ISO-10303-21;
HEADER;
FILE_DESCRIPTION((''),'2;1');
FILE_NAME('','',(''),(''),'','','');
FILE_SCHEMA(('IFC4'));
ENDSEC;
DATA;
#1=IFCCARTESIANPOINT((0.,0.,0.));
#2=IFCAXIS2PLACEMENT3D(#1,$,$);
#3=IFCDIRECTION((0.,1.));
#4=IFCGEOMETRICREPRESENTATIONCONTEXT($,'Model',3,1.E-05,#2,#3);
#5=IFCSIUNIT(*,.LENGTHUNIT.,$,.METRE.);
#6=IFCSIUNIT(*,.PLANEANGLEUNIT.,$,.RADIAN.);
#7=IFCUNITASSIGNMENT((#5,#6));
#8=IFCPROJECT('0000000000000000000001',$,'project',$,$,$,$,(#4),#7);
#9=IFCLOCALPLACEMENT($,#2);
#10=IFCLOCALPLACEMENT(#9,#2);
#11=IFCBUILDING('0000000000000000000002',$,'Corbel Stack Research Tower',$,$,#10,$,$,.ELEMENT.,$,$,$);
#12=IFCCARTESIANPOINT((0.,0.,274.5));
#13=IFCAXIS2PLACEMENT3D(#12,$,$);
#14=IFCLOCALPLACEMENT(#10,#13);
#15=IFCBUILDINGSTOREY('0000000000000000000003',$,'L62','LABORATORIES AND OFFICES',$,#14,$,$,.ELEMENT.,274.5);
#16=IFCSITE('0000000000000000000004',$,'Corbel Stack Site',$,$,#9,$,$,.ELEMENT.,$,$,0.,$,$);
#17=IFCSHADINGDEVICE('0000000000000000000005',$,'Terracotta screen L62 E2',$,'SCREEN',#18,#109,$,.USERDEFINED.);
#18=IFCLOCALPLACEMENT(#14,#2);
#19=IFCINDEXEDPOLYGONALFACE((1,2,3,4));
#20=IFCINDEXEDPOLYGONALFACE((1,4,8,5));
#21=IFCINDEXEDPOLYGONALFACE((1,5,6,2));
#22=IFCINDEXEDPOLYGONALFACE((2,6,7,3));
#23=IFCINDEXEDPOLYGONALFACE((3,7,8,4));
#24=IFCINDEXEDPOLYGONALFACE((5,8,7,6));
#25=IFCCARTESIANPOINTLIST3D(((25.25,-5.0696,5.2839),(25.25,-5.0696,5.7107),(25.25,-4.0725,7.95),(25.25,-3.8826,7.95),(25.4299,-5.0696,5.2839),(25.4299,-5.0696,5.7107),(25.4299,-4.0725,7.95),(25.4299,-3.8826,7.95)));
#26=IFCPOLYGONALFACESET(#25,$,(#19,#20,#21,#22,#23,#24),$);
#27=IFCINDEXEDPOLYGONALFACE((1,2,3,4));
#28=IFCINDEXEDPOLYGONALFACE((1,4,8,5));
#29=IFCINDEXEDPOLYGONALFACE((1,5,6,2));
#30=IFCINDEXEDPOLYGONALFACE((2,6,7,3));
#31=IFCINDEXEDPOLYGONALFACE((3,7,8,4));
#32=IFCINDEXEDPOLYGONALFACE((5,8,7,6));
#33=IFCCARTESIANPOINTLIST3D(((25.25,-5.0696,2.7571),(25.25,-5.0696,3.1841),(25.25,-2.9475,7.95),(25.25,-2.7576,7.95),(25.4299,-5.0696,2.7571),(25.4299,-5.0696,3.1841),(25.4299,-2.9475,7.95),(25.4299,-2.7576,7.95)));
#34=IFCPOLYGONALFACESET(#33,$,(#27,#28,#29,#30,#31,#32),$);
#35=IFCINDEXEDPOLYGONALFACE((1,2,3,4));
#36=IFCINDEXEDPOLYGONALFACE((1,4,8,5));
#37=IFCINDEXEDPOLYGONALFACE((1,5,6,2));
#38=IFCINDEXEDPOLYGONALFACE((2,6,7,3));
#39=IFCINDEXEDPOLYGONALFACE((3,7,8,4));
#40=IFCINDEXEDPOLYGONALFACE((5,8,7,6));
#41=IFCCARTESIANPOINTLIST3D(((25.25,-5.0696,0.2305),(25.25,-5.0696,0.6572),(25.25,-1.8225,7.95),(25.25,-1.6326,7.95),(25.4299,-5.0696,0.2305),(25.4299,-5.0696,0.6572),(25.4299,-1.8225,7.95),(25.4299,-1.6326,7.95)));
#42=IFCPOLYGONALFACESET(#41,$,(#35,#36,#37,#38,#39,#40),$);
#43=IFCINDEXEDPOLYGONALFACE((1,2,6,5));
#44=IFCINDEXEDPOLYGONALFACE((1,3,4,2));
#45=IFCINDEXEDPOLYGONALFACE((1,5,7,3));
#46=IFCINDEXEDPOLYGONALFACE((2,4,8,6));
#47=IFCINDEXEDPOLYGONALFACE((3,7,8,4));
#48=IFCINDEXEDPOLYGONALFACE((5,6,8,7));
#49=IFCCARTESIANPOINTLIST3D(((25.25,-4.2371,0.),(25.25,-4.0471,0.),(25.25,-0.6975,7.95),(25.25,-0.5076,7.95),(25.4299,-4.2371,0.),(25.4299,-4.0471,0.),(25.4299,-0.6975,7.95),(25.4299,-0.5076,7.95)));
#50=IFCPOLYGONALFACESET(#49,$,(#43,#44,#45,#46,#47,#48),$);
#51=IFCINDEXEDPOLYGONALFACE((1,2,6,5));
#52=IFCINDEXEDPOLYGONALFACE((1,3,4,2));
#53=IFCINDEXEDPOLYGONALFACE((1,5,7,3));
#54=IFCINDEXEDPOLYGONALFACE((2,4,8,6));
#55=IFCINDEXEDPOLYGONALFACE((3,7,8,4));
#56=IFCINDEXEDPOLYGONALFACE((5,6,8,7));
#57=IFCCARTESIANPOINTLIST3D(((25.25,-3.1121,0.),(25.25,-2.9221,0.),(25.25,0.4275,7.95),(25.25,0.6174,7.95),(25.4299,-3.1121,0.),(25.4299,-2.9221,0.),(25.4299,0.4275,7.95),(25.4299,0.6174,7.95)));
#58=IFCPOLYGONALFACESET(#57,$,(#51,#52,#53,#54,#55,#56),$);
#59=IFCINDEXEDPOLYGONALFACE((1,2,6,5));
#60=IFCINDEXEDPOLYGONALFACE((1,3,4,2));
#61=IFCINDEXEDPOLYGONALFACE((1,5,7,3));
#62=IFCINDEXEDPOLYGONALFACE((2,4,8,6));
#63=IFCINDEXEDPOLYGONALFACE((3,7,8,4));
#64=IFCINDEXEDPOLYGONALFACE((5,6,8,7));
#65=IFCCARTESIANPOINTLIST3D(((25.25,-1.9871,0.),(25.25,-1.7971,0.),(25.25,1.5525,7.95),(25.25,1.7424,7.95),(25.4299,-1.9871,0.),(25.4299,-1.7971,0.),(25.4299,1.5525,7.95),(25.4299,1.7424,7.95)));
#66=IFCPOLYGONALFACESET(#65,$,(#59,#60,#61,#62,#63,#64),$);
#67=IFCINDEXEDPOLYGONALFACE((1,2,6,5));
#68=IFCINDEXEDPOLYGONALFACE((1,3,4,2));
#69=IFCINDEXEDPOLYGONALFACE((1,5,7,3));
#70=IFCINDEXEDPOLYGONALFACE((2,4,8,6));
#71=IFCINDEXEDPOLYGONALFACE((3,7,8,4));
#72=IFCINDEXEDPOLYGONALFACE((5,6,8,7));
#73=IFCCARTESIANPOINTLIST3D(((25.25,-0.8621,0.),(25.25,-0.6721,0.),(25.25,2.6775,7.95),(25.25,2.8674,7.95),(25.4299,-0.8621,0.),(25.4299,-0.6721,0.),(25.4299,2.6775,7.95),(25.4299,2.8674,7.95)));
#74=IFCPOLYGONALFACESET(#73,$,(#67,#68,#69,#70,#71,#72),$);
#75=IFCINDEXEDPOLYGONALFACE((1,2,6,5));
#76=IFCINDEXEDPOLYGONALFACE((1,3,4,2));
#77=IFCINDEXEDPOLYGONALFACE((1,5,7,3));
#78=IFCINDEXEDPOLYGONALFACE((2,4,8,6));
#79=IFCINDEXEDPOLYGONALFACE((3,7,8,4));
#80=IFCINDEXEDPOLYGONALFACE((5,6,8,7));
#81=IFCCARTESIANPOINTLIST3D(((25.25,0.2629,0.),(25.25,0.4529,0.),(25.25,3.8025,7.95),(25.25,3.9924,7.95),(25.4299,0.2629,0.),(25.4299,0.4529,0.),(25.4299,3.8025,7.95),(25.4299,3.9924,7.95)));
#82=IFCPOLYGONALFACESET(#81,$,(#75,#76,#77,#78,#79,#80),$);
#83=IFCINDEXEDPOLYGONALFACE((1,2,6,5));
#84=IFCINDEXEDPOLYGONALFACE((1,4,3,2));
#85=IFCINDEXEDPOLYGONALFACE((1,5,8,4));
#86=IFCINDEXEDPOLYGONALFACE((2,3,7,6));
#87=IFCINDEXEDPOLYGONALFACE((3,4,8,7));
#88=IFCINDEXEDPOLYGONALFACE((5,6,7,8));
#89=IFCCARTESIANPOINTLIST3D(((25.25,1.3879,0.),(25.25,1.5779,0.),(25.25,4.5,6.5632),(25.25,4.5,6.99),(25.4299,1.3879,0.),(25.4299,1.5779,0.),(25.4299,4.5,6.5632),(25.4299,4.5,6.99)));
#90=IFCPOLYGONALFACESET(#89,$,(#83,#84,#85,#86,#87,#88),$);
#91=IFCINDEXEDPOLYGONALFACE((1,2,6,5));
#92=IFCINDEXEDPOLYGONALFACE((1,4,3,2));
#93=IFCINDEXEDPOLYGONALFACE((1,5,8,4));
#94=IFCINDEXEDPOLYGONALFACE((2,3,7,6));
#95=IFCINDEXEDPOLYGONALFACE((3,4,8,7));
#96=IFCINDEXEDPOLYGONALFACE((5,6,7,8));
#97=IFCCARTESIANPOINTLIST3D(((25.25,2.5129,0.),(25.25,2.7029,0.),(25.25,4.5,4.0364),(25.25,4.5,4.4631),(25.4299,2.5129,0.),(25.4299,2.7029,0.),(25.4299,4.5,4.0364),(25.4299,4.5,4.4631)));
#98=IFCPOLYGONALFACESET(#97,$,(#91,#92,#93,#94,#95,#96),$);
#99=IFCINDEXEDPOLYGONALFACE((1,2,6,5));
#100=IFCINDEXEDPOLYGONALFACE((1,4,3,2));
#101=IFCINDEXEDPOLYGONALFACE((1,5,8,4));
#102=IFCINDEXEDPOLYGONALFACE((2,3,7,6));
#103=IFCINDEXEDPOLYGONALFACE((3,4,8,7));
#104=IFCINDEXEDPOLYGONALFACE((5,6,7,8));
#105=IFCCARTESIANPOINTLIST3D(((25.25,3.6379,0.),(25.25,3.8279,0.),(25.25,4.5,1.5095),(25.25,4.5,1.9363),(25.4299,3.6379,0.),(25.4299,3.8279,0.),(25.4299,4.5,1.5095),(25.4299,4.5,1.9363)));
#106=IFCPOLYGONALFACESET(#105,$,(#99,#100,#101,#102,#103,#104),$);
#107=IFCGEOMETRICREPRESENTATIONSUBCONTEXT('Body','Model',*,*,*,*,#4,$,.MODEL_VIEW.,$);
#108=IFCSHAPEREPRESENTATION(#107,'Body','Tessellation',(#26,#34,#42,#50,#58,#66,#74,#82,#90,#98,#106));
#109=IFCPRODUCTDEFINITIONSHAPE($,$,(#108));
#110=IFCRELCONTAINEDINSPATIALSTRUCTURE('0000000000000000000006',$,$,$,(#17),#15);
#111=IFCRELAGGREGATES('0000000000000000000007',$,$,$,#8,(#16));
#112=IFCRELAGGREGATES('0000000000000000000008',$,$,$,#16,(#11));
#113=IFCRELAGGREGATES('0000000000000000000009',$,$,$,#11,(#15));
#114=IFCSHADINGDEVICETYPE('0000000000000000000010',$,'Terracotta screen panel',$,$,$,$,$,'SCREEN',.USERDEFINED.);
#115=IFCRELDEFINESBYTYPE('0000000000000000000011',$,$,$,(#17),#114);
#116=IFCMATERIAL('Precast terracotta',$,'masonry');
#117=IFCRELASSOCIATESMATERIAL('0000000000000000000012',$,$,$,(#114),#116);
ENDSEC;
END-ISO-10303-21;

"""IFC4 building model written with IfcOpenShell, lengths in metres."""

from ifc_helpers import new_model, si_unit, direction, frame, origin, place, context, subcontext, project, spatial, polyline, outline, extrude, source, transform, mapped, material, type_object, element, save


model = new_model("IFC4")

# Units and contexts
model_context = context("Model", 3, precision=1e-05, world=origin(), true_north=direction((0.0, 1.0)))
body_context = subcontext(model_context, "Body", "Model", "MODEL_VIEW")
ifc_project = project(units=[si_unit("LENGTHUNIT", "METRE"), si_unit("PLANEANGLEUNIT", "RADIAN")], contexts=[model_context])

# Site, building, storey
site_placement = place(None, origin())
site = spatial("IfcSite", under=ifc_project, at=site_placement, Name="Corbel Stack Site", CompositionType="ELEMENT", RefElevation=0.0)
building_placement = place(site_placement, origin())
building = spatial("IfcBuilding", under=site, at=building_placement, Name="Corbel Stack Research Tower", CompositionType="ELEMENT")
storey_placement = place(building_placement, frame((0.0, 0.0, 274.5)))
storey = spatial("IfcBuildingStorey", under=building, at=storey_placement, Name="L62", Description="LABORATORIES AND OFFICES", CompositionType="ELEMENT", Elevation=274.5)

# Shading device
ifc_material_1 = material(Name="Precast terracotta", Category="masonry")
shading_device_type = type_object("IfcShadingDeviceType", Name="Terracotta screen panel", ElementType="SCREEN", PredefinedType="USERDEFINED", material=ifc_material_1)
shared_shape = source(origin(), body_context, "Body", "SweptSolid", [
    extrude(outline(polyline([(1.187, 7.95), (0.9971, 7.95), (0.0, 5.7107), (0.0, 5.2839), (1.187, 7.95)])), frame((0.0, 0.0, 0.0), z_axis=(0.0, -1.0, 0.0), x_axis=(1.0, 0.0, 0.0)), (0.0, 0.0, 1.0), 0.1799),
    extrude(outline(polyline([(2.312, 7.95), (2.1221, 7.95), (0.0, 3.1841), (0.0, 2.7571), (2.312, 7.95)])), frame((0.0, 0.0, 0.0), z_axis=(0.0, -1.0, 0.0), x_axis=(1.0, 0.0, 0.0)), (0.0, 0.0, 1.0), 0.1799),
    extrude(outline(polyline([(3.437, 7.95), (3.2471, 7.95), (0.0, 0.6572), (0.0, 0.2305), (3.437, 7.95)])), frame((0.0, 0.0, 0.0), z_axis=(0.0, -1.0, 0.0), x_axis=(1.0, 0.0, 0.0)), (0.0, 0.0, 1.0), 0.1799),
    extrude(outline(polyline([(1.0225, 0.0), (4.562, 7.95), (4.3721, 7.95), (0.8325, 0.0), (1.0225, 0.0)])), frame((0.0, 0.0, 0.0), z_axis=(0.0, -1.0, 0.0), x_axis=(1.0, 0.0, 0.0)), (0.0, 0.0, 1.0), 0.1799),
    extrude(outline(polyline([(2.1475, 0.0), (5.687, 7.95), (5.4971, 7.95), (1.9575, 0.0), (2.1475, 0.0)])), frame((0.0, 0.0, 0.0), z_axis=(0.0, -1.0, 0.0), x_axis=(1.0, 0.0, 0.0)), (0.0, 0.0, 1.0), 0.1799),
    extrude(outline(polyline([(3.2725, 0.0), (6.812, 7.95), (6.6221, 7.95), (3.0825, 0.0), (3.2725, 0.0)])), frame((0.0, 0.0, 0.0), z_axis=(0.0, -1.0, 0.0), x_axis=(1.0, 0.0, 0.0)), (0.0, 0.0, 1.0), 0.1799),
    extrude(outline(polyline([(4.3975, 0.0), (7.937, 7.95), (7.7471, 7.95), (4.2075, 0.0), (4.3975, 0.0)])), frame((0.0, 0.0, 0.0), z_axis=(0.0, -1.0, 0.0), x_axis=(1.0, 0.0, 0.0)), (0.0, 0.0, 1.0), 0.1799),
    extrude(outline(polyline([(5.5225, 0.0), (9.062, 7.95), (8.8721, 7.95), (5.3325, 0.0), (5.5225, 0.0)])), frame((0.0, 0.0, 0.0), z_axis=(0.0, -1.0, 0.0), x_axis=(1.0, 0.0, 0.0)), (0.0, 0.0, 1.0), 0.1799),
    extrude(outline(polyline([(6.6475, 0.0), (9.5696, 6.5632), (9.5696, 6.99), (6.4575, 0.0), (6.6475, 0.0)])), frame((0.0, 0.0, 0.0), z_axis=(0.0, -1.0, 0.0), x_axis=(1.0, 0.0, 0.0)), (0.0, 0.0, 1.0), 0.1799),
    extrude(outline(polyline([(7.7725, 0.0), (9.5696, 4.0364), (9.5696, 4.4631), (7.5825, 0.0), (7.7725, 0.0)])), frame((0.0, 0.0, 0.0), z_axis=(0.0, -1.0, 0.0), x_axis=(1.0, 0.0, 0.0)), (0.0, 0.0, 1.0), 0.1799),
    extrude(outline(polyline([(8.8975, 0.0), (9.5696, 1.5095), (9.5696, 1.9363), (8.7075, 0.0), (8.8975, 0.0)])), frame((0.0, 0.0, 0.0), z_axis=(0.0, -1.0, 0.0), x_axis=(1.0, 0.0, 0.0)), (0.0, 0.0, 1.0), 0.1799),
])
shading_device_placement = place(storey_placement, frame((25.25, -5.0696, 0.0), z_axis=(0.0, 0.0, 1.0), x_axis=(0.0, 1.0, 0.0)))
element("IfcShadingDevice", 1, at=shading_device_placement, inside=storey, type_object=shading_device_type, Name="Terracotta screen L62 E2", ObjectType="SCREEN", PredefinedType="USERDEFINED", context=body_context, shape_type="MappedRepresentation", body=[
    mapped(shared_shape, transform((0.0, 0.0, 0.0))),
])

save(model, "model.ifc")
